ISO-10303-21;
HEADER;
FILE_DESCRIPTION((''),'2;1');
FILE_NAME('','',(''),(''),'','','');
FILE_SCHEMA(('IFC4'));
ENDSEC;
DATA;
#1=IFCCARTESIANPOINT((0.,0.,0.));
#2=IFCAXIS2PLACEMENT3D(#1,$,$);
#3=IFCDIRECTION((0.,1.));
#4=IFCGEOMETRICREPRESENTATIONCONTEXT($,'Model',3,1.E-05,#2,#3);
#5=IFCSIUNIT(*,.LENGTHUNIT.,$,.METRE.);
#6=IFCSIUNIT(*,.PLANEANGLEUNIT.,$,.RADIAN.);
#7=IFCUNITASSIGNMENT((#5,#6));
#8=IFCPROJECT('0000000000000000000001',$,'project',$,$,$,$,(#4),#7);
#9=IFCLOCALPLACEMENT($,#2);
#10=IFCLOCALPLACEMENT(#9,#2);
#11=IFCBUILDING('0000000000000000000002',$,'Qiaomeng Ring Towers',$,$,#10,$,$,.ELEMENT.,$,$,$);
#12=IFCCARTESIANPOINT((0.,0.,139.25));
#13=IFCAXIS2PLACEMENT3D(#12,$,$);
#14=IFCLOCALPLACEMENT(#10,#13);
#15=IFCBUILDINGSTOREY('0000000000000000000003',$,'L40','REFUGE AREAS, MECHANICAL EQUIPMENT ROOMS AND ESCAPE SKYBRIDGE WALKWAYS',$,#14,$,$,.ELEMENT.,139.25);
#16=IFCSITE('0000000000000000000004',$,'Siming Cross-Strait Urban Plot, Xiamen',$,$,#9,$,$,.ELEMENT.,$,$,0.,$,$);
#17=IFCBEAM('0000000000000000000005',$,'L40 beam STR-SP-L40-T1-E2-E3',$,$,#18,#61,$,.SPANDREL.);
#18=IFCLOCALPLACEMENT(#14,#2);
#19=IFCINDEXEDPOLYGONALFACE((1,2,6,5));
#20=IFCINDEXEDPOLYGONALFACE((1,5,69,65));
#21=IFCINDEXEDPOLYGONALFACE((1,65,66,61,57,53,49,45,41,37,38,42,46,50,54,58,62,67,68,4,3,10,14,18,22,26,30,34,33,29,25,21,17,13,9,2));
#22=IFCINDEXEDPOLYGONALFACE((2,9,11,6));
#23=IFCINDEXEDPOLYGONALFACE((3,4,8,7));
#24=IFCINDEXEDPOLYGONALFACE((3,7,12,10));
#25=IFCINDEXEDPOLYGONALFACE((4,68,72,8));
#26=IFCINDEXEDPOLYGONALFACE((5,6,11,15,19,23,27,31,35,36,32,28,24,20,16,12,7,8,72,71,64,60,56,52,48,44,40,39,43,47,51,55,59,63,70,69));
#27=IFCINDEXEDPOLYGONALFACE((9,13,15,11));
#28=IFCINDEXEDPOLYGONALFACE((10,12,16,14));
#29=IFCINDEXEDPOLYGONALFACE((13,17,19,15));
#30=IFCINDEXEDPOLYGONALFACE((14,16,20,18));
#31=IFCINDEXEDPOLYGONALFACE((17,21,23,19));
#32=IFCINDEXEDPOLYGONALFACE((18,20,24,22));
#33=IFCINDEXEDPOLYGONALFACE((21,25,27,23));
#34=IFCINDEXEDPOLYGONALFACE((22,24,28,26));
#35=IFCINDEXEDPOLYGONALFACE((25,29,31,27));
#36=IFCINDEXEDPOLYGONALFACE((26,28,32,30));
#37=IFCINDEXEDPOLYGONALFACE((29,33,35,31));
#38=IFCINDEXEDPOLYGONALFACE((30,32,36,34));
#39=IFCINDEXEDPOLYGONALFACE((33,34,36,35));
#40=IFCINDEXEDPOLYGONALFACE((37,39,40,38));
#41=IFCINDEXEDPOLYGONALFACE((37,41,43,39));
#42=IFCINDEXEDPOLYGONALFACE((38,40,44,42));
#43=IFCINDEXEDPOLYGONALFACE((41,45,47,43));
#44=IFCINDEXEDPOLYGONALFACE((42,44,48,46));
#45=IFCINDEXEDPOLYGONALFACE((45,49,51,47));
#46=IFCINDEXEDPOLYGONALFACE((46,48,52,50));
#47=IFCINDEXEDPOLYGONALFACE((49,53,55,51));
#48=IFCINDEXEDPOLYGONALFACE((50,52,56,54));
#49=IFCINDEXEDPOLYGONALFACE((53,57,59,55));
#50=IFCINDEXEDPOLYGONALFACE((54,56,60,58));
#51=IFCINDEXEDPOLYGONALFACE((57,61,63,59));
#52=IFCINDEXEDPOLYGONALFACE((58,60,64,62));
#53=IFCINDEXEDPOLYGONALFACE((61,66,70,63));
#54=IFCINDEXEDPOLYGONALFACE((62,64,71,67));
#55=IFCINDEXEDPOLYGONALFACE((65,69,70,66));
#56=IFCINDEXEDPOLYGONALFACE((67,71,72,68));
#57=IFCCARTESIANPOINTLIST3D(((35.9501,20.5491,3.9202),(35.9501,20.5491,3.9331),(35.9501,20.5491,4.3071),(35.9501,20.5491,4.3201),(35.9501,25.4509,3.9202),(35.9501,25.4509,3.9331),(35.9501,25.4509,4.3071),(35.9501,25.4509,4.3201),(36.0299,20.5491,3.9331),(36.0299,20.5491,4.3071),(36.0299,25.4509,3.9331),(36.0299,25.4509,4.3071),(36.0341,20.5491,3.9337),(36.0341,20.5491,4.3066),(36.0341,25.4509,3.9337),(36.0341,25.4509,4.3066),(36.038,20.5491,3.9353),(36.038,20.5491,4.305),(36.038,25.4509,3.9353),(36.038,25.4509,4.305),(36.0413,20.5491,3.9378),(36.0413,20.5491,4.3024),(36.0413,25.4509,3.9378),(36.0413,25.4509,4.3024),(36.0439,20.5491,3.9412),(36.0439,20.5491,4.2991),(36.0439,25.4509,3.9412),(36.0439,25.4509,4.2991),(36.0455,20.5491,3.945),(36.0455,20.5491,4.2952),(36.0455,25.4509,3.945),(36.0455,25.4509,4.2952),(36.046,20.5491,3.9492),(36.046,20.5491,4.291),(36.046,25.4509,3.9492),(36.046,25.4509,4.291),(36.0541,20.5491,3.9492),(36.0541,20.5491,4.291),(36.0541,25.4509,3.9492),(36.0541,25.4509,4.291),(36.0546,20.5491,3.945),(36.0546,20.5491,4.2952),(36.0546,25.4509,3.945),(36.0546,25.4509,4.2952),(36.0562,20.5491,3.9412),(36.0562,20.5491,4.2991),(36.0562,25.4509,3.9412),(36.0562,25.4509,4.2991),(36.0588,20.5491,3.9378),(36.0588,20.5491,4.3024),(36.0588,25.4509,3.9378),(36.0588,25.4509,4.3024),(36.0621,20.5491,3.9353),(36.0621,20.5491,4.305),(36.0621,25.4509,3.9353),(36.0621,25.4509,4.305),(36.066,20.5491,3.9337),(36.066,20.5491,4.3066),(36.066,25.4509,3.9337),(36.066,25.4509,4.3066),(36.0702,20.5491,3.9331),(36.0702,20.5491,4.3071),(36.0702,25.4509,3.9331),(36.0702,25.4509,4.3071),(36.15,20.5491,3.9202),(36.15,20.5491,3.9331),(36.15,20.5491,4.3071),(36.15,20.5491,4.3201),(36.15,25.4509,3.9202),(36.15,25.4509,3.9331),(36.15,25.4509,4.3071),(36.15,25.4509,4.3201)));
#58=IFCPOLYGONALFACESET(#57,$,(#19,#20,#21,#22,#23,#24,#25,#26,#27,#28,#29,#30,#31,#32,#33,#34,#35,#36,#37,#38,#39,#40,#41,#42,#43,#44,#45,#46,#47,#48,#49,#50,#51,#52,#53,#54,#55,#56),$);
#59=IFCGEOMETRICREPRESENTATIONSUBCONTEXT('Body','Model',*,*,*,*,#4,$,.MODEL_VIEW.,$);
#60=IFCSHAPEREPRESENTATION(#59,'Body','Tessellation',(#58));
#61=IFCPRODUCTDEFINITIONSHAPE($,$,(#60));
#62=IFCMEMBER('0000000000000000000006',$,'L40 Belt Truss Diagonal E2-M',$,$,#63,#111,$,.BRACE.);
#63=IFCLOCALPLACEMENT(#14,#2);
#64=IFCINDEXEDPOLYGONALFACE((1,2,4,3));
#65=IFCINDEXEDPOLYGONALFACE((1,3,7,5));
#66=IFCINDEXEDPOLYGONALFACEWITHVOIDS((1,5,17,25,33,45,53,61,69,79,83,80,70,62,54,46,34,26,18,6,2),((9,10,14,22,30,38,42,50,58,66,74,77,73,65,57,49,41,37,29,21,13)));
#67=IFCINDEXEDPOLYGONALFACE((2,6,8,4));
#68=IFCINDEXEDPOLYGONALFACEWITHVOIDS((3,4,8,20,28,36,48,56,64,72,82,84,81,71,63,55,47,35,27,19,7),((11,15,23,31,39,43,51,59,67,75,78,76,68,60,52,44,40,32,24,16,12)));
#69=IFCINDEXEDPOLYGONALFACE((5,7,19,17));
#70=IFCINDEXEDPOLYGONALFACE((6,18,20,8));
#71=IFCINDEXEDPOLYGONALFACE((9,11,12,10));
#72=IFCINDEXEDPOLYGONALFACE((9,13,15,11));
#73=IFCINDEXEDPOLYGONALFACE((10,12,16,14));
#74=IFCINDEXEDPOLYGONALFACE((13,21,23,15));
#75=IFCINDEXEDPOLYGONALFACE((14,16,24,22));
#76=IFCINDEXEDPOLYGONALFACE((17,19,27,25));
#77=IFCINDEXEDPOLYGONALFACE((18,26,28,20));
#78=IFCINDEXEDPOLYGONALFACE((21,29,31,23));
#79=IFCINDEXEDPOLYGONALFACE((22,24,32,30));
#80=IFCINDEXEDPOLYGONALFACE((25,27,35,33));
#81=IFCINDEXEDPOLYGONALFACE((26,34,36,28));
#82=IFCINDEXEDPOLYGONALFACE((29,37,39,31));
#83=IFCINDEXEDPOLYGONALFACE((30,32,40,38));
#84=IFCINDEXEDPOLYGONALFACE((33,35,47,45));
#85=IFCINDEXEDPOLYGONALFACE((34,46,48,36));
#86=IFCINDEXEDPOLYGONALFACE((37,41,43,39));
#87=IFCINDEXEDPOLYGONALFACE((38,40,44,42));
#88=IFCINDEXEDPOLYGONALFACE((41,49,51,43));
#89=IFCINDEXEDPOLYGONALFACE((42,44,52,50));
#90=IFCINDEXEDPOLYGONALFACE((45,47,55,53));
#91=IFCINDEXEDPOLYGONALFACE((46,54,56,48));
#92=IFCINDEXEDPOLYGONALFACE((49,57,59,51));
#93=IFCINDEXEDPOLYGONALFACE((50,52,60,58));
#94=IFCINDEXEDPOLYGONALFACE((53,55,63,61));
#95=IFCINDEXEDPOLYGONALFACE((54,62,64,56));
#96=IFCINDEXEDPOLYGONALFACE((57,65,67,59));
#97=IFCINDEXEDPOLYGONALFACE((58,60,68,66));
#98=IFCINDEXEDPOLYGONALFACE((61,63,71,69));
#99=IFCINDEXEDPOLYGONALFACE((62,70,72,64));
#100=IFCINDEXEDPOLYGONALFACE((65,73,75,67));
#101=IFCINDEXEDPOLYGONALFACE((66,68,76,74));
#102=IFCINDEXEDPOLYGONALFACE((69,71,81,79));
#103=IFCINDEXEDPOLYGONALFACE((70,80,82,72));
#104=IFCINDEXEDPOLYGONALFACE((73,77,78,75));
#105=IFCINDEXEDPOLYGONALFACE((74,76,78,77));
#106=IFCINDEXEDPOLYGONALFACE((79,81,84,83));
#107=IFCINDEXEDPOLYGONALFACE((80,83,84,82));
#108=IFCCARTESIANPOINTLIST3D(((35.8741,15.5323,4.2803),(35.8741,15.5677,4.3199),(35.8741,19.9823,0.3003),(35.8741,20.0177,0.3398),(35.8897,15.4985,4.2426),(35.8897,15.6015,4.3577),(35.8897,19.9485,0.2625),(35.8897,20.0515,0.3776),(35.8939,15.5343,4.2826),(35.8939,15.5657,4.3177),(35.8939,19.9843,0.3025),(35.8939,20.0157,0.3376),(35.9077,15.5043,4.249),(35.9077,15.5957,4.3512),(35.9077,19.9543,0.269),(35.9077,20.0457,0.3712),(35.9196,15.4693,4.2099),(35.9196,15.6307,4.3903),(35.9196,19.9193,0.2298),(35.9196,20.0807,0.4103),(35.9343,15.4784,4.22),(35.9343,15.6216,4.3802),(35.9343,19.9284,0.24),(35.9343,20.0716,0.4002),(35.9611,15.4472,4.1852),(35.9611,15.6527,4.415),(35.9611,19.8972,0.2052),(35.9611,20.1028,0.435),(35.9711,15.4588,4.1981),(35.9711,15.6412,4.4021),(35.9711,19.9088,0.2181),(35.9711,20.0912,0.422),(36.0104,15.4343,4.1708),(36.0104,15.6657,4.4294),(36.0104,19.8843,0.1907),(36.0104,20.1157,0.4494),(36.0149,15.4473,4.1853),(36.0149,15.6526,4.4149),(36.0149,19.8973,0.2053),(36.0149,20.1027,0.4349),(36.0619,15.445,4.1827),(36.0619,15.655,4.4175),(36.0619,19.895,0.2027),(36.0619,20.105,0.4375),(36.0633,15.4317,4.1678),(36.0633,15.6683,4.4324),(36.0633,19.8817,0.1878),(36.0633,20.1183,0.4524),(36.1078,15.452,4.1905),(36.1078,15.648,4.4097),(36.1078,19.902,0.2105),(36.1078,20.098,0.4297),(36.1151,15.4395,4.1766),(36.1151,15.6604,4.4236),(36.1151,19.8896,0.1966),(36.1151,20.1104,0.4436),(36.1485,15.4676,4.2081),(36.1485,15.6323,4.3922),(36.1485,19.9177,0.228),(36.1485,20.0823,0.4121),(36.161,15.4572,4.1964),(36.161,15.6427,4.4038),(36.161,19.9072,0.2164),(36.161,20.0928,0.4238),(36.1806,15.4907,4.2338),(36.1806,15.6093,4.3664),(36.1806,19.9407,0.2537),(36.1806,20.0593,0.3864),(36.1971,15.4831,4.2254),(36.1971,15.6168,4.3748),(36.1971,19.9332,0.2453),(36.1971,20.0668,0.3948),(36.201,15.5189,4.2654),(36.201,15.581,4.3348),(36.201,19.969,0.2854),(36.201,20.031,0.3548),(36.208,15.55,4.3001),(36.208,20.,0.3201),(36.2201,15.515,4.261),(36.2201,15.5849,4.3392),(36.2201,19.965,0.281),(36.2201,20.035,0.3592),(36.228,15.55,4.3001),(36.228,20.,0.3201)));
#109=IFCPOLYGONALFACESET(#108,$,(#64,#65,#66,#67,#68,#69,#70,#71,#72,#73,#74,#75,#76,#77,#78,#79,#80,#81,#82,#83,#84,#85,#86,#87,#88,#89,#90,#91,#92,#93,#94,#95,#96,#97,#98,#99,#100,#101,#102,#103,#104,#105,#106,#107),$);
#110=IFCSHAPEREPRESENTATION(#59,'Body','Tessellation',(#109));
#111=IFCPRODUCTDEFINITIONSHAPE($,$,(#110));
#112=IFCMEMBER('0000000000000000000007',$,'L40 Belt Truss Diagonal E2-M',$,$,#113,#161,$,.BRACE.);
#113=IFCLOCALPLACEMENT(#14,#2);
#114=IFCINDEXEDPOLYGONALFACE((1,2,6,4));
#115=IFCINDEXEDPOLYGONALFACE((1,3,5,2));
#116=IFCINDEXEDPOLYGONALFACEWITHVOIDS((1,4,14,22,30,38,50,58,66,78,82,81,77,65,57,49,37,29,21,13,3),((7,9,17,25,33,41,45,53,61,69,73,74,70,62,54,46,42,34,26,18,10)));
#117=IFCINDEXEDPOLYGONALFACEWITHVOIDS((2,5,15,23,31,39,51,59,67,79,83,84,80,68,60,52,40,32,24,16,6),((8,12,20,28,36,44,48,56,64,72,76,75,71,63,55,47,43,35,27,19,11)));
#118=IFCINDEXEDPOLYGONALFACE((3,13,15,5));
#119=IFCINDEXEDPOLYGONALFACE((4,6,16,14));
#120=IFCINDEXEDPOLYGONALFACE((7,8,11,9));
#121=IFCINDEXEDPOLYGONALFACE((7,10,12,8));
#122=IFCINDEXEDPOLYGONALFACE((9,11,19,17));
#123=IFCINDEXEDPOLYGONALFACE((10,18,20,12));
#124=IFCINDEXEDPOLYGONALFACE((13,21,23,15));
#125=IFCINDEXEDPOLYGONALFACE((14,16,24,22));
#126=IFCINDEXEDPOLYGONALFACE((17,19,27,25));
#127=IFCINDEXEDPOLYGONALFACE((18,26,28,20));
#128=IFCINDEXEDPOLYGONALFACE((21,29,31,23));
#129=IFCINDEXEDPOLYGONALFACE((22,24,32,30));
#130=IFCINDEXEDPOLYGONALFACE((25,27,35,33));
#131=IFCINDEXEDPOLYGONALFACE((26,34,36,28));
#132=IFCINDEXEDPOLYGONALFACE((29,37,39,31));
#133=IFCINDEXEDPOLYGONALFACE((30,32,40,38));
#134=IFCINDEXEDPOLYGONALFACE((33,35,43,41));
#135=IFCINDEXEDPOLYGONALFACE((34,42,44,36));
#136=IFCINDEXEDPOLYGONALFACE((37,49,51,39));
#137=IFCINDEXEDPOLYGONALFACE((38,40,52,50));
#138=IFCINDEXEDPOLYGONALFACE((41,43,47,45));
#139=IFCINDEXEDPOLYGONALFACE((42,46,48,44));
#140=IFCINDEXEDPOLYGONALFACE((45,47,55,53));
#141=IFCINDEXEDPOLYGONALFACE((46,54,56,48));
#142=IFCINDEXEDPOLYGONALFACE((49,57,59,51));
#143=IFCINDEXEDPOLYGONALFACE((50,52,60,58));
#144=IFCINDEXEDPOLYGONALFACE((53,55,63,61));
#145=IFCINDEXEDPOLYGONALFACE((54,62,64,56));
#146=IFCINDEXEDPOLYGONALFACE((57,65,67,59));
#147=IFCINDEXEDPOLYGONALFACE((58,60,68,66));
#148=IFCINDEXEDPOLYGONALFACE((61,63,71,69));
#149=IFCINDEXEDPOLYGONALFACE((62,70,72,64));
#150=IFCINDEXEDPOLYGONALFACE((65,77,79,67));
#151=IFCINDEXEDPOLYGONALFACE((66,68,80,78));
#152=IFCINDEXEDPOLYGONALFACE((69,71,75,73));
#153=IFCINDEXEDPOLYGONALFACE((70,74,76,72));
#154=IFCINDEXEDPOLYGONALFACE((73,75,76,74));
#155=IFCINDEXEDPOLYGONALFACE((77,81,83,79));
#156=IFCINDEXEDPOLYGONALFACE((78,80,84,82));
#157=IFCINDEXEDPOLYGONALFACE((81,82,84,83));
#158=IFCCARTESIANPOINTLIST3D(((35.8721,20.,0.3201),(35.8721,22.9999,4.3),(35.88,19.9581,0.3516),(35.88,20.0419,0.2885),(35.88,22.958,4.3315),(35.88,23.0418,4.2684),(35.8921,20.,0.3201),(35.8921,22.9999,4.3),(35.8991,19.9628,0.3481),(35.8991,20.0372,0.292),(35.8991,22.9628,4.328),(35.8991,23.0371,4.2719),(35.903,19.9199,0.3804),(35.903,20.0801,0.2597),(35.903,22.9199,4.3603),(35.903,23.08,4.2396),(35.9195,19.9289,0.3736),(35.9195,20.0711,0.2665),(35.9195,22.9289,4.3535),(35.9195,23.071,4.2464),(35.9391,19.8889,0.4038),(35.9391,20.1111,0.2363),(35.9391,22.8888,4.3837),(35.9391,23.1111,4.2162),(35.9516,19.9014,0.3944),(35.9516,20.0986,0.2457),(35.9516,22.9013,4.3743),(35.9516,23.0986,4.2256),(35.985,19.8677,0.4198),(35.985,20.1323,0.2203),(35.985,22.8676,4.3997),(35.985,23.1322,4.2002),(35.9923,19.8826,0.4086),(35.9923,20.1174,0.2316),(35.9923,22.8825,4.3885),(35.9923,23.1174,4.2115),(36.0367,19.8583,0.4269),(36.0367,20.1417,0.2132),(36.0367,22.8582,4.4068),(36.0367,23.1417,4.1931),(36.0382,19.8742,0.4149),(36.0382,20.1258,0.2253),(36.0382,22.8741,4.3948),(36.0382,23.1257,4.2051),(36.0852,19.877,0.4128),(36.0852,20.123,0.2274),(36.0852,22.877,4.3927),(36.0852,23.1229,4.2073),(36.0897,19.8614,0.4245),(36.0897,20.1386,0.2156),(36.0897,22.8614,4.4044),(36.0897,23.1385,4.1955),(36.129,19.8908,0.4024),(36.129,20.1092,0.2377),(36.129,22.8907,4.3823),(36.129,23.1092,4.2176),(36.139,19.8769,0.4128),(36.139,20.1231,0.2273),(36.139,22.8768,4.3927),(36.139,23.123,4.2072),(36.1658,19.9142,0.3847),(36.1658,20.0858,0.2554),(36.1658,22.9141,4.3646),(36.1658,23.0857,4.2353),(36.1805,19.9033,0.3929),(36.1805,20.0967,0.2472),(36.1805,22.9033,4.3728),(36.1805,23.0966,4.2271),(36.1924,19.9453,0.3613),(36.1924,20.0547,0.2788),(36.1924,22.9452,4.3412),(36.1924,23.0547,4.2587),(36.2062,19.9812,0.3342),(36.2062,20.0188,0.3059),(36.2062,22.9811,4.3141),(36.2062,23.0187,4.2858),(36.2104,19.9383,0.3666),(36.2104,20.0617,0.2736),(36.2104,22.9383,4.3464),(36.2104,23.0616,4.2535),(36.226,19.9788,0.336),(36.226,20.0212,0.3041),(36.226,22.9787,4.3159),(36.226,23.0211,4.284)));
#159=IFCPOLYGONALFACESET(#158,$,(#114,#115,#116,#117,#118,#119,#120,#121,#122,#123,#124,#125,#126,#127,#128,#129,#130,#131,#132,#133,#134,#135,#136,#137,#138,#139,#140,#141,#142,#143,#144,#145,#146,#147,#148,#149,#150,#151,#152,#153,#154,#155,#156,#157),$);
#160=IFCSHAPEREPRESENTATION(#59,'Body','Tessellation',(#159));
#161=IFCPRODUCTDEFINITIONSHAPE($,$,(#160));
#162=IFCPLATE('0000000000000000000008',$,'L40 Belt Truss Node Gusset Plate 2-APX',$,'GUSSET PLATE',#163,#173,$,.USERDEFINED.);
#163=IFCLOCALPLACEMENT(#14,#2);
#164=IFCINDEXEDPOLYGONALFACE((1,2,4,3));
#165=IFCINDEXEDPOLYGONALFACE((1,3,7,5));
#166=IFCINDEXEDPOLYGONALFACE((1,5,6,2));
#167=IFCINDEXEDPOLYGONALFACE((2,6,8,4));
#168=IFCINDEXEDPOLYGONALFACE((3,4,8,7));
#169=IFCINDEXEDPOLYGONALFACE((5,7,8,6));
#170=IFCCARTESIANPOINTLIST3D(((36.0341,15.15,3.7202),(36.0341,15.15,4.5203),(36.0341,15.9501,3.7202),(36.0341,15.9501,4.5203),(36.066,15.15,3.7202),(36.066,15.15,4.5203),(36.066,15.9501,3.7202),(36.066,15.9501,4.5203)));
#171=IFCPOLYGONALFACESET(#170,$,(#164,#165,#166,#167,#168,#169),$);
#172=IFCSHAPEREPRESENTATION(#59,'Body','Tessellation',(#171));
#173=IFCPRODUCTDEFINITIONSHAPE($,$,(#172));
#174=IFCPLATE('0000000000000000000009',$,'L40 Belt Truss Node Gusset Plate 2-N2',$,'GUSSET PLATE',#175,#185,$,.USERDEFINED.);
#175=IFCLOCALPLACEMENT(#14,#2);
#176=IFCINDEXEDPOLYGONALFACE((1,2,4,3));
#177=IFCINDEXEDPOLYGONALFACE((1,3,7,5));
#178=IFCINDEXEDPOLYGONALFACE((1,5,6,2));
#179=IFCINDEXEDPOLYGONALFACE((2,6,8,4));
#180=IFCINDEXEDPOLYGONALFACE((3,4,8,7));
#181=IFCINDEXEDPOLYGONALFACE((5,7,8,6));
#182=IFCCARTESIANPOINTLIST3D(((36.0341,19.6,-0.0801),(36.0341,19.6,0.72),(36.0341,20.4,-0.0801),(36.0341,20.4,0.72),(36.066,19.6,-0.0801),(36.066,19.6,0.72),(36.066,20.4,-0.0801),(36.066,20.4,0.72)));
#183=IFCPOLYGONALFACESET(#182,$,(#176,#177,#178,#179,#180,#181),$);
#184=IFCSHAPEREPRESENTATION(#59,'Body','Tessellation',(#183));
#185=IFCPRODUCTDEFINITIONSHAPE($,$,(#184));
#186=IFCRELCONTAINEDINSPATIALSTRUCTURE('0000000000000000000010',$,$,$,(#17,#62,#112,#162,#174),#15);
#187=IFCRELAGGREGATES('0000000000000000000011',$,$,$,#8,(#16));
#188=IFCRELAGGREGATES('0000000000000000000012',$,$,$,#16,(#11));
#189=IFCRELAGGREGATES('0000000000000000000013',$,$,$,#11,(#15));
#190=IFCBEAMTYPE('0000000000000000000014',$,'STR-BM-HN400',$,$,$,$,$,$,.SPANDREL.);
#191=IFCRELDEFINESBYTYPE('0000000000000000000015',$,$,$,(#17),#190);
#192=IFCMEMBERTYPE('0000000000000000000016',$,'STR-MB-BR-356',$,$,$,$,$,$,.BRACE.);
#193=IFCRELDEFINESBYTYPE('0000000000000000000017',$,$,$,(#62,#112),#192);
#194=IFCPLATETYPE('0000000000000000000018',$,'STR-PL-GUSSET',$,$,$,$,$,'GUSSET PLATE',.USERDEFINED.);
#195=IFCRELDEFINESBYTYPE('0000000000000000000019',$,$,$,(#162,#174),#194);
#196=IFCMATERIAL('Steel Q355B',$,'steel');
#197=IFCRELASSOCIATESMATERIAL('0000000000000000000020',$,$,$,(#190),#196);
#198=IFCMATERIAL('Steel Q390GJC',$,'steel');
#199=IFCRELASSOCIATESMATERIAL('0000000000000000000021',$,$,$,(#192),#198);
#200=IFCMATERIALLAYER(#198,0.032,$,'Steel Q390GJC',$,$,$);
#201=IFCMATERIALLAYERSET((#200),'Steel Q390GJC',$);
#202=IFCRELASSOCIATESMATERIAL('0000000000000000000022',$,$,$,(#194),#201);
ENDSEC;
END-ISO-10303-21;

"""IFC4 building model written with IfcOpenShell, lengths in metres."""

from ifc_helpers import new_model, si_unit, direction, frame, origin, origin_2d, place, context, subcontext, project, spatial, rectangle, hollow_circle, i_section, extrude, source, transform, mapped, material, layer, layer_set, material_profile, profile_set, type_object, element, save


model = new_model("IFC4")

# Units and contexts
model_context = context("Model", 3, precision=1e-05, world=origin(), true_north=direction((0.0, 1.0)))
body_context = subcontext(model_context, "Body", "Model", "MODEL_VIEW")
ifc_project = project(units=[si_unit("LENGTHUNIT", "METRE"), si_unit("PLANEANGLEUNIT", "RADIAN")], contexts=[model_context])

# Site, building, storey
site_placement = place(None, origin())
site = spatial("IfcSite", under=ifc_project, at=site_placement, Name="Siming Cross-Strait Urban Plot, Xiamen", CompositionType="ELEMENT", RefElevation=0.0)
building_placement = place(site_placement, origin())
building = spatial("IfcBuilding", under=site, at=building_placement, Name="Qiaomeng Ring Towers", CompositionType="ELEMENT")
storey_placement = place(building_placement, frame((0.0, 0.0, 139.25)))
storey = spatial("IfcBuildingStorey", under=building, at=storey_placement, Name="L40", Description="REFUGE AREAS, MECHANICAL EQUIPMENT ROOMS AND ESCAPE SKYBRIDGE WALKWAYS", CompositionType="ELEMENT", Elevation=139.25)

# Shared definitions
ifc_material_1 = material(Name="Steel Q390GJC", Category="steel")

# Beam
ifc_material_2 = material(Name="Steel Q355B", Category="steel")
ifc_material_profile_1 = material_profile(ifc_material_2, i_section(OverallWidth=0.2, OverallDepth=0.3999, WebThickness=0.0081, FlangeThickness=0.0129, FilletRadius=0.0161, at=origin_2d()), Name="HN 400x200x8x13")
ifc_profile_set_1 = profile_set([ifc_material_profile_1], Name="Steel Q355B")
beam_type_1 = type_object("IfcBeamType", Name="STR-BM-HN400", PredefinedType="SPANDREL", material=ifc_profile_set_1)
shared_shape_1 = source(origin(), body_context, "Body", "SweptSolid", [
    extrude(i_section(OverallWidth=0.2, OverallDepth=0.3999, WebThickness=0.0081, FlangeThickness=0.0129, FilletRadius=0.0161, at=origin_2d()), origin(), (0.0, 0.0, 1.0), 4.9019),
])
beam_1_placement = place(storey_placement, frame((36.05, 20.5491, 4.1201), z_axis=(0.0, 1.0, 0.0), x_axis=(-1.0, 0.0, 0.0)))
element("IfcBeam", 1, at=beam_1_placement, inside=storey, type_object=beam_type_1, Name="L40 beam STR-SP-L40-T1-E2-E3", PredefinedType="SPANDREL", context=body_context, shape_type="MappedRepresentation", body=[
    mapped(shared_shape_1, transform((0.0, 0.0, 0.0), x_axis=(1.0, 0.0, 0.0), y_axis=(0.0, 1.0, 0.0), z_axis=(0.0, 0.0, 1.0), scale=1.0)),
])

# Members
ifc_material_profile_2 = material_profile(ifc_material_1, hollow_circle(Radius=0.178, WallThickness=0.02, at=origin_2d()), Name="CHS 356x20")
ifc_profile_set_2 = profile_set([ifc_material_profile_2], Name="Steel Q390GJC")
member_type_1 = type_object("IfcMemberType", Name="STR-MB-BR-356", PredefinedType="BRACE", material=ifc_profile_set_2)
shared_shape_2 = source(origin(), body_context, "Body", "SweptSolid", [
    extrude(hollow_circle(Radius=0.178, WallThickness=0.02, at=origin_2d()), origin(), (0.0, 0.0, 1.0), 5.9702),
])
member_1_placement = place(storey_placement, frame((36.05, 20.0, 0.3201), z_axis=(0.0, -0.745371, 0.66665), x_axis=(1.0, 0.0, 0.0)))
element("IfcMember", 2, at=member_1_placement, inside=storey, type_object=member_type_1, Name="L40 Belt Truss Diagonal E2-M", PredefinedType="BRACE", context=body_context, shape_type="MappedRepresentation", body=[
    mapped(shared_shape_2, transform((0.0, 0.0, 0.0), x_axis=(1.0, 0.0, 0.0), y_axis=(0.0, 1.0, 0.0), z_axis=(0.0, 0.0, 1.0), scale=1.0)),
])
shared_shape_3 = source(origin(), body_context, "Body", "SweptSolid", [
    extrude(hollow_circle(Radius=0.178, WallThickness=0.02, at=origin_2d()), origin(), (0.0, 0.0, 1.0), 4.9839),
])
member_2_placement = place(storey_placement, frame((36.05, 20.0, 0.3201), z_axis=(0.0, 0.601926, 0.798552), x_axis=(-1.0, 0.0, 0.0)))
element("IfcMember", 3, at=member_2_placement, inside=storey, type_object=member_type_1, Name="L40 Belt Truss Diagonal E2-M", PredefinedType="BRACE", context=body_context, shape_type="MappedRepresentation", body=[
    mapped(shared_shape_3, transform((0.0, 0.0, 0.0), x_axis=(1.0, 0.0, 0.0), y_axis=(0.0, 1.0, 0.0), z_axis=(0.0, 0.0, 1.0), scale=1.0)),
])

# Plates
ifc_layer_1 = layer(ifc_material_1, 0.032, Name="Steel Q390GJC")
ifc_layer_set_1 = layer_set([ifc_layer_1], Name="Steel Q390GJC")
plate_type = type_object("IfcPlateType", Name="STR-PL-GUSSET", ElementType="GUSSET PLATE", PredefinedType="USERDEFINED", material=ifc_layer_set_1)
shared_shape_4 = source(origin(), body_context, "Body", "SweptSolid", [
    extrude(rectangle(XDim=0.8, YDim=0.032, at=origin_2d()), origin(), (0.0, 0.0, 1.0), 0.8),
])
for number, where, z_axis, x_axis, name in (
    (4, (36.05, 15.55, 3.7202), (0.0, 0.0, 1.0), (0.0, 1.0, 0.0), "L40 Belt Truss Node Gusset Plate 2-APX"),
    (5, (36.05, 20.0, -0.0801), (0.0, 0.0, 1.0), (0.0, 1.0, 0.0), "L40 Belt Truss Node Gusset Plate 2-N2"),
):
    element("IfcPlate", number, at=place(storey_placement, frame(where, z_axis=z_axis, x_axis=x_axis)), inside=storey, type_object=plate_type, Name=name, ObjectType="GUSSET PLATE", PredefinedType="USERDEFINED", context=body_context, shape_type="MappedRepresentation", body=[
        mapped(shared_shape_4, transform((0.0, 0.0, 0.0), x_axis=(1.0, 0.0, 0.0), y_axis=(0.0, 1.0, 0.0), z_axis=(0.0, 0.0, 1.0), scale=1.0)),
    ])

save(model, "model.ifc")
